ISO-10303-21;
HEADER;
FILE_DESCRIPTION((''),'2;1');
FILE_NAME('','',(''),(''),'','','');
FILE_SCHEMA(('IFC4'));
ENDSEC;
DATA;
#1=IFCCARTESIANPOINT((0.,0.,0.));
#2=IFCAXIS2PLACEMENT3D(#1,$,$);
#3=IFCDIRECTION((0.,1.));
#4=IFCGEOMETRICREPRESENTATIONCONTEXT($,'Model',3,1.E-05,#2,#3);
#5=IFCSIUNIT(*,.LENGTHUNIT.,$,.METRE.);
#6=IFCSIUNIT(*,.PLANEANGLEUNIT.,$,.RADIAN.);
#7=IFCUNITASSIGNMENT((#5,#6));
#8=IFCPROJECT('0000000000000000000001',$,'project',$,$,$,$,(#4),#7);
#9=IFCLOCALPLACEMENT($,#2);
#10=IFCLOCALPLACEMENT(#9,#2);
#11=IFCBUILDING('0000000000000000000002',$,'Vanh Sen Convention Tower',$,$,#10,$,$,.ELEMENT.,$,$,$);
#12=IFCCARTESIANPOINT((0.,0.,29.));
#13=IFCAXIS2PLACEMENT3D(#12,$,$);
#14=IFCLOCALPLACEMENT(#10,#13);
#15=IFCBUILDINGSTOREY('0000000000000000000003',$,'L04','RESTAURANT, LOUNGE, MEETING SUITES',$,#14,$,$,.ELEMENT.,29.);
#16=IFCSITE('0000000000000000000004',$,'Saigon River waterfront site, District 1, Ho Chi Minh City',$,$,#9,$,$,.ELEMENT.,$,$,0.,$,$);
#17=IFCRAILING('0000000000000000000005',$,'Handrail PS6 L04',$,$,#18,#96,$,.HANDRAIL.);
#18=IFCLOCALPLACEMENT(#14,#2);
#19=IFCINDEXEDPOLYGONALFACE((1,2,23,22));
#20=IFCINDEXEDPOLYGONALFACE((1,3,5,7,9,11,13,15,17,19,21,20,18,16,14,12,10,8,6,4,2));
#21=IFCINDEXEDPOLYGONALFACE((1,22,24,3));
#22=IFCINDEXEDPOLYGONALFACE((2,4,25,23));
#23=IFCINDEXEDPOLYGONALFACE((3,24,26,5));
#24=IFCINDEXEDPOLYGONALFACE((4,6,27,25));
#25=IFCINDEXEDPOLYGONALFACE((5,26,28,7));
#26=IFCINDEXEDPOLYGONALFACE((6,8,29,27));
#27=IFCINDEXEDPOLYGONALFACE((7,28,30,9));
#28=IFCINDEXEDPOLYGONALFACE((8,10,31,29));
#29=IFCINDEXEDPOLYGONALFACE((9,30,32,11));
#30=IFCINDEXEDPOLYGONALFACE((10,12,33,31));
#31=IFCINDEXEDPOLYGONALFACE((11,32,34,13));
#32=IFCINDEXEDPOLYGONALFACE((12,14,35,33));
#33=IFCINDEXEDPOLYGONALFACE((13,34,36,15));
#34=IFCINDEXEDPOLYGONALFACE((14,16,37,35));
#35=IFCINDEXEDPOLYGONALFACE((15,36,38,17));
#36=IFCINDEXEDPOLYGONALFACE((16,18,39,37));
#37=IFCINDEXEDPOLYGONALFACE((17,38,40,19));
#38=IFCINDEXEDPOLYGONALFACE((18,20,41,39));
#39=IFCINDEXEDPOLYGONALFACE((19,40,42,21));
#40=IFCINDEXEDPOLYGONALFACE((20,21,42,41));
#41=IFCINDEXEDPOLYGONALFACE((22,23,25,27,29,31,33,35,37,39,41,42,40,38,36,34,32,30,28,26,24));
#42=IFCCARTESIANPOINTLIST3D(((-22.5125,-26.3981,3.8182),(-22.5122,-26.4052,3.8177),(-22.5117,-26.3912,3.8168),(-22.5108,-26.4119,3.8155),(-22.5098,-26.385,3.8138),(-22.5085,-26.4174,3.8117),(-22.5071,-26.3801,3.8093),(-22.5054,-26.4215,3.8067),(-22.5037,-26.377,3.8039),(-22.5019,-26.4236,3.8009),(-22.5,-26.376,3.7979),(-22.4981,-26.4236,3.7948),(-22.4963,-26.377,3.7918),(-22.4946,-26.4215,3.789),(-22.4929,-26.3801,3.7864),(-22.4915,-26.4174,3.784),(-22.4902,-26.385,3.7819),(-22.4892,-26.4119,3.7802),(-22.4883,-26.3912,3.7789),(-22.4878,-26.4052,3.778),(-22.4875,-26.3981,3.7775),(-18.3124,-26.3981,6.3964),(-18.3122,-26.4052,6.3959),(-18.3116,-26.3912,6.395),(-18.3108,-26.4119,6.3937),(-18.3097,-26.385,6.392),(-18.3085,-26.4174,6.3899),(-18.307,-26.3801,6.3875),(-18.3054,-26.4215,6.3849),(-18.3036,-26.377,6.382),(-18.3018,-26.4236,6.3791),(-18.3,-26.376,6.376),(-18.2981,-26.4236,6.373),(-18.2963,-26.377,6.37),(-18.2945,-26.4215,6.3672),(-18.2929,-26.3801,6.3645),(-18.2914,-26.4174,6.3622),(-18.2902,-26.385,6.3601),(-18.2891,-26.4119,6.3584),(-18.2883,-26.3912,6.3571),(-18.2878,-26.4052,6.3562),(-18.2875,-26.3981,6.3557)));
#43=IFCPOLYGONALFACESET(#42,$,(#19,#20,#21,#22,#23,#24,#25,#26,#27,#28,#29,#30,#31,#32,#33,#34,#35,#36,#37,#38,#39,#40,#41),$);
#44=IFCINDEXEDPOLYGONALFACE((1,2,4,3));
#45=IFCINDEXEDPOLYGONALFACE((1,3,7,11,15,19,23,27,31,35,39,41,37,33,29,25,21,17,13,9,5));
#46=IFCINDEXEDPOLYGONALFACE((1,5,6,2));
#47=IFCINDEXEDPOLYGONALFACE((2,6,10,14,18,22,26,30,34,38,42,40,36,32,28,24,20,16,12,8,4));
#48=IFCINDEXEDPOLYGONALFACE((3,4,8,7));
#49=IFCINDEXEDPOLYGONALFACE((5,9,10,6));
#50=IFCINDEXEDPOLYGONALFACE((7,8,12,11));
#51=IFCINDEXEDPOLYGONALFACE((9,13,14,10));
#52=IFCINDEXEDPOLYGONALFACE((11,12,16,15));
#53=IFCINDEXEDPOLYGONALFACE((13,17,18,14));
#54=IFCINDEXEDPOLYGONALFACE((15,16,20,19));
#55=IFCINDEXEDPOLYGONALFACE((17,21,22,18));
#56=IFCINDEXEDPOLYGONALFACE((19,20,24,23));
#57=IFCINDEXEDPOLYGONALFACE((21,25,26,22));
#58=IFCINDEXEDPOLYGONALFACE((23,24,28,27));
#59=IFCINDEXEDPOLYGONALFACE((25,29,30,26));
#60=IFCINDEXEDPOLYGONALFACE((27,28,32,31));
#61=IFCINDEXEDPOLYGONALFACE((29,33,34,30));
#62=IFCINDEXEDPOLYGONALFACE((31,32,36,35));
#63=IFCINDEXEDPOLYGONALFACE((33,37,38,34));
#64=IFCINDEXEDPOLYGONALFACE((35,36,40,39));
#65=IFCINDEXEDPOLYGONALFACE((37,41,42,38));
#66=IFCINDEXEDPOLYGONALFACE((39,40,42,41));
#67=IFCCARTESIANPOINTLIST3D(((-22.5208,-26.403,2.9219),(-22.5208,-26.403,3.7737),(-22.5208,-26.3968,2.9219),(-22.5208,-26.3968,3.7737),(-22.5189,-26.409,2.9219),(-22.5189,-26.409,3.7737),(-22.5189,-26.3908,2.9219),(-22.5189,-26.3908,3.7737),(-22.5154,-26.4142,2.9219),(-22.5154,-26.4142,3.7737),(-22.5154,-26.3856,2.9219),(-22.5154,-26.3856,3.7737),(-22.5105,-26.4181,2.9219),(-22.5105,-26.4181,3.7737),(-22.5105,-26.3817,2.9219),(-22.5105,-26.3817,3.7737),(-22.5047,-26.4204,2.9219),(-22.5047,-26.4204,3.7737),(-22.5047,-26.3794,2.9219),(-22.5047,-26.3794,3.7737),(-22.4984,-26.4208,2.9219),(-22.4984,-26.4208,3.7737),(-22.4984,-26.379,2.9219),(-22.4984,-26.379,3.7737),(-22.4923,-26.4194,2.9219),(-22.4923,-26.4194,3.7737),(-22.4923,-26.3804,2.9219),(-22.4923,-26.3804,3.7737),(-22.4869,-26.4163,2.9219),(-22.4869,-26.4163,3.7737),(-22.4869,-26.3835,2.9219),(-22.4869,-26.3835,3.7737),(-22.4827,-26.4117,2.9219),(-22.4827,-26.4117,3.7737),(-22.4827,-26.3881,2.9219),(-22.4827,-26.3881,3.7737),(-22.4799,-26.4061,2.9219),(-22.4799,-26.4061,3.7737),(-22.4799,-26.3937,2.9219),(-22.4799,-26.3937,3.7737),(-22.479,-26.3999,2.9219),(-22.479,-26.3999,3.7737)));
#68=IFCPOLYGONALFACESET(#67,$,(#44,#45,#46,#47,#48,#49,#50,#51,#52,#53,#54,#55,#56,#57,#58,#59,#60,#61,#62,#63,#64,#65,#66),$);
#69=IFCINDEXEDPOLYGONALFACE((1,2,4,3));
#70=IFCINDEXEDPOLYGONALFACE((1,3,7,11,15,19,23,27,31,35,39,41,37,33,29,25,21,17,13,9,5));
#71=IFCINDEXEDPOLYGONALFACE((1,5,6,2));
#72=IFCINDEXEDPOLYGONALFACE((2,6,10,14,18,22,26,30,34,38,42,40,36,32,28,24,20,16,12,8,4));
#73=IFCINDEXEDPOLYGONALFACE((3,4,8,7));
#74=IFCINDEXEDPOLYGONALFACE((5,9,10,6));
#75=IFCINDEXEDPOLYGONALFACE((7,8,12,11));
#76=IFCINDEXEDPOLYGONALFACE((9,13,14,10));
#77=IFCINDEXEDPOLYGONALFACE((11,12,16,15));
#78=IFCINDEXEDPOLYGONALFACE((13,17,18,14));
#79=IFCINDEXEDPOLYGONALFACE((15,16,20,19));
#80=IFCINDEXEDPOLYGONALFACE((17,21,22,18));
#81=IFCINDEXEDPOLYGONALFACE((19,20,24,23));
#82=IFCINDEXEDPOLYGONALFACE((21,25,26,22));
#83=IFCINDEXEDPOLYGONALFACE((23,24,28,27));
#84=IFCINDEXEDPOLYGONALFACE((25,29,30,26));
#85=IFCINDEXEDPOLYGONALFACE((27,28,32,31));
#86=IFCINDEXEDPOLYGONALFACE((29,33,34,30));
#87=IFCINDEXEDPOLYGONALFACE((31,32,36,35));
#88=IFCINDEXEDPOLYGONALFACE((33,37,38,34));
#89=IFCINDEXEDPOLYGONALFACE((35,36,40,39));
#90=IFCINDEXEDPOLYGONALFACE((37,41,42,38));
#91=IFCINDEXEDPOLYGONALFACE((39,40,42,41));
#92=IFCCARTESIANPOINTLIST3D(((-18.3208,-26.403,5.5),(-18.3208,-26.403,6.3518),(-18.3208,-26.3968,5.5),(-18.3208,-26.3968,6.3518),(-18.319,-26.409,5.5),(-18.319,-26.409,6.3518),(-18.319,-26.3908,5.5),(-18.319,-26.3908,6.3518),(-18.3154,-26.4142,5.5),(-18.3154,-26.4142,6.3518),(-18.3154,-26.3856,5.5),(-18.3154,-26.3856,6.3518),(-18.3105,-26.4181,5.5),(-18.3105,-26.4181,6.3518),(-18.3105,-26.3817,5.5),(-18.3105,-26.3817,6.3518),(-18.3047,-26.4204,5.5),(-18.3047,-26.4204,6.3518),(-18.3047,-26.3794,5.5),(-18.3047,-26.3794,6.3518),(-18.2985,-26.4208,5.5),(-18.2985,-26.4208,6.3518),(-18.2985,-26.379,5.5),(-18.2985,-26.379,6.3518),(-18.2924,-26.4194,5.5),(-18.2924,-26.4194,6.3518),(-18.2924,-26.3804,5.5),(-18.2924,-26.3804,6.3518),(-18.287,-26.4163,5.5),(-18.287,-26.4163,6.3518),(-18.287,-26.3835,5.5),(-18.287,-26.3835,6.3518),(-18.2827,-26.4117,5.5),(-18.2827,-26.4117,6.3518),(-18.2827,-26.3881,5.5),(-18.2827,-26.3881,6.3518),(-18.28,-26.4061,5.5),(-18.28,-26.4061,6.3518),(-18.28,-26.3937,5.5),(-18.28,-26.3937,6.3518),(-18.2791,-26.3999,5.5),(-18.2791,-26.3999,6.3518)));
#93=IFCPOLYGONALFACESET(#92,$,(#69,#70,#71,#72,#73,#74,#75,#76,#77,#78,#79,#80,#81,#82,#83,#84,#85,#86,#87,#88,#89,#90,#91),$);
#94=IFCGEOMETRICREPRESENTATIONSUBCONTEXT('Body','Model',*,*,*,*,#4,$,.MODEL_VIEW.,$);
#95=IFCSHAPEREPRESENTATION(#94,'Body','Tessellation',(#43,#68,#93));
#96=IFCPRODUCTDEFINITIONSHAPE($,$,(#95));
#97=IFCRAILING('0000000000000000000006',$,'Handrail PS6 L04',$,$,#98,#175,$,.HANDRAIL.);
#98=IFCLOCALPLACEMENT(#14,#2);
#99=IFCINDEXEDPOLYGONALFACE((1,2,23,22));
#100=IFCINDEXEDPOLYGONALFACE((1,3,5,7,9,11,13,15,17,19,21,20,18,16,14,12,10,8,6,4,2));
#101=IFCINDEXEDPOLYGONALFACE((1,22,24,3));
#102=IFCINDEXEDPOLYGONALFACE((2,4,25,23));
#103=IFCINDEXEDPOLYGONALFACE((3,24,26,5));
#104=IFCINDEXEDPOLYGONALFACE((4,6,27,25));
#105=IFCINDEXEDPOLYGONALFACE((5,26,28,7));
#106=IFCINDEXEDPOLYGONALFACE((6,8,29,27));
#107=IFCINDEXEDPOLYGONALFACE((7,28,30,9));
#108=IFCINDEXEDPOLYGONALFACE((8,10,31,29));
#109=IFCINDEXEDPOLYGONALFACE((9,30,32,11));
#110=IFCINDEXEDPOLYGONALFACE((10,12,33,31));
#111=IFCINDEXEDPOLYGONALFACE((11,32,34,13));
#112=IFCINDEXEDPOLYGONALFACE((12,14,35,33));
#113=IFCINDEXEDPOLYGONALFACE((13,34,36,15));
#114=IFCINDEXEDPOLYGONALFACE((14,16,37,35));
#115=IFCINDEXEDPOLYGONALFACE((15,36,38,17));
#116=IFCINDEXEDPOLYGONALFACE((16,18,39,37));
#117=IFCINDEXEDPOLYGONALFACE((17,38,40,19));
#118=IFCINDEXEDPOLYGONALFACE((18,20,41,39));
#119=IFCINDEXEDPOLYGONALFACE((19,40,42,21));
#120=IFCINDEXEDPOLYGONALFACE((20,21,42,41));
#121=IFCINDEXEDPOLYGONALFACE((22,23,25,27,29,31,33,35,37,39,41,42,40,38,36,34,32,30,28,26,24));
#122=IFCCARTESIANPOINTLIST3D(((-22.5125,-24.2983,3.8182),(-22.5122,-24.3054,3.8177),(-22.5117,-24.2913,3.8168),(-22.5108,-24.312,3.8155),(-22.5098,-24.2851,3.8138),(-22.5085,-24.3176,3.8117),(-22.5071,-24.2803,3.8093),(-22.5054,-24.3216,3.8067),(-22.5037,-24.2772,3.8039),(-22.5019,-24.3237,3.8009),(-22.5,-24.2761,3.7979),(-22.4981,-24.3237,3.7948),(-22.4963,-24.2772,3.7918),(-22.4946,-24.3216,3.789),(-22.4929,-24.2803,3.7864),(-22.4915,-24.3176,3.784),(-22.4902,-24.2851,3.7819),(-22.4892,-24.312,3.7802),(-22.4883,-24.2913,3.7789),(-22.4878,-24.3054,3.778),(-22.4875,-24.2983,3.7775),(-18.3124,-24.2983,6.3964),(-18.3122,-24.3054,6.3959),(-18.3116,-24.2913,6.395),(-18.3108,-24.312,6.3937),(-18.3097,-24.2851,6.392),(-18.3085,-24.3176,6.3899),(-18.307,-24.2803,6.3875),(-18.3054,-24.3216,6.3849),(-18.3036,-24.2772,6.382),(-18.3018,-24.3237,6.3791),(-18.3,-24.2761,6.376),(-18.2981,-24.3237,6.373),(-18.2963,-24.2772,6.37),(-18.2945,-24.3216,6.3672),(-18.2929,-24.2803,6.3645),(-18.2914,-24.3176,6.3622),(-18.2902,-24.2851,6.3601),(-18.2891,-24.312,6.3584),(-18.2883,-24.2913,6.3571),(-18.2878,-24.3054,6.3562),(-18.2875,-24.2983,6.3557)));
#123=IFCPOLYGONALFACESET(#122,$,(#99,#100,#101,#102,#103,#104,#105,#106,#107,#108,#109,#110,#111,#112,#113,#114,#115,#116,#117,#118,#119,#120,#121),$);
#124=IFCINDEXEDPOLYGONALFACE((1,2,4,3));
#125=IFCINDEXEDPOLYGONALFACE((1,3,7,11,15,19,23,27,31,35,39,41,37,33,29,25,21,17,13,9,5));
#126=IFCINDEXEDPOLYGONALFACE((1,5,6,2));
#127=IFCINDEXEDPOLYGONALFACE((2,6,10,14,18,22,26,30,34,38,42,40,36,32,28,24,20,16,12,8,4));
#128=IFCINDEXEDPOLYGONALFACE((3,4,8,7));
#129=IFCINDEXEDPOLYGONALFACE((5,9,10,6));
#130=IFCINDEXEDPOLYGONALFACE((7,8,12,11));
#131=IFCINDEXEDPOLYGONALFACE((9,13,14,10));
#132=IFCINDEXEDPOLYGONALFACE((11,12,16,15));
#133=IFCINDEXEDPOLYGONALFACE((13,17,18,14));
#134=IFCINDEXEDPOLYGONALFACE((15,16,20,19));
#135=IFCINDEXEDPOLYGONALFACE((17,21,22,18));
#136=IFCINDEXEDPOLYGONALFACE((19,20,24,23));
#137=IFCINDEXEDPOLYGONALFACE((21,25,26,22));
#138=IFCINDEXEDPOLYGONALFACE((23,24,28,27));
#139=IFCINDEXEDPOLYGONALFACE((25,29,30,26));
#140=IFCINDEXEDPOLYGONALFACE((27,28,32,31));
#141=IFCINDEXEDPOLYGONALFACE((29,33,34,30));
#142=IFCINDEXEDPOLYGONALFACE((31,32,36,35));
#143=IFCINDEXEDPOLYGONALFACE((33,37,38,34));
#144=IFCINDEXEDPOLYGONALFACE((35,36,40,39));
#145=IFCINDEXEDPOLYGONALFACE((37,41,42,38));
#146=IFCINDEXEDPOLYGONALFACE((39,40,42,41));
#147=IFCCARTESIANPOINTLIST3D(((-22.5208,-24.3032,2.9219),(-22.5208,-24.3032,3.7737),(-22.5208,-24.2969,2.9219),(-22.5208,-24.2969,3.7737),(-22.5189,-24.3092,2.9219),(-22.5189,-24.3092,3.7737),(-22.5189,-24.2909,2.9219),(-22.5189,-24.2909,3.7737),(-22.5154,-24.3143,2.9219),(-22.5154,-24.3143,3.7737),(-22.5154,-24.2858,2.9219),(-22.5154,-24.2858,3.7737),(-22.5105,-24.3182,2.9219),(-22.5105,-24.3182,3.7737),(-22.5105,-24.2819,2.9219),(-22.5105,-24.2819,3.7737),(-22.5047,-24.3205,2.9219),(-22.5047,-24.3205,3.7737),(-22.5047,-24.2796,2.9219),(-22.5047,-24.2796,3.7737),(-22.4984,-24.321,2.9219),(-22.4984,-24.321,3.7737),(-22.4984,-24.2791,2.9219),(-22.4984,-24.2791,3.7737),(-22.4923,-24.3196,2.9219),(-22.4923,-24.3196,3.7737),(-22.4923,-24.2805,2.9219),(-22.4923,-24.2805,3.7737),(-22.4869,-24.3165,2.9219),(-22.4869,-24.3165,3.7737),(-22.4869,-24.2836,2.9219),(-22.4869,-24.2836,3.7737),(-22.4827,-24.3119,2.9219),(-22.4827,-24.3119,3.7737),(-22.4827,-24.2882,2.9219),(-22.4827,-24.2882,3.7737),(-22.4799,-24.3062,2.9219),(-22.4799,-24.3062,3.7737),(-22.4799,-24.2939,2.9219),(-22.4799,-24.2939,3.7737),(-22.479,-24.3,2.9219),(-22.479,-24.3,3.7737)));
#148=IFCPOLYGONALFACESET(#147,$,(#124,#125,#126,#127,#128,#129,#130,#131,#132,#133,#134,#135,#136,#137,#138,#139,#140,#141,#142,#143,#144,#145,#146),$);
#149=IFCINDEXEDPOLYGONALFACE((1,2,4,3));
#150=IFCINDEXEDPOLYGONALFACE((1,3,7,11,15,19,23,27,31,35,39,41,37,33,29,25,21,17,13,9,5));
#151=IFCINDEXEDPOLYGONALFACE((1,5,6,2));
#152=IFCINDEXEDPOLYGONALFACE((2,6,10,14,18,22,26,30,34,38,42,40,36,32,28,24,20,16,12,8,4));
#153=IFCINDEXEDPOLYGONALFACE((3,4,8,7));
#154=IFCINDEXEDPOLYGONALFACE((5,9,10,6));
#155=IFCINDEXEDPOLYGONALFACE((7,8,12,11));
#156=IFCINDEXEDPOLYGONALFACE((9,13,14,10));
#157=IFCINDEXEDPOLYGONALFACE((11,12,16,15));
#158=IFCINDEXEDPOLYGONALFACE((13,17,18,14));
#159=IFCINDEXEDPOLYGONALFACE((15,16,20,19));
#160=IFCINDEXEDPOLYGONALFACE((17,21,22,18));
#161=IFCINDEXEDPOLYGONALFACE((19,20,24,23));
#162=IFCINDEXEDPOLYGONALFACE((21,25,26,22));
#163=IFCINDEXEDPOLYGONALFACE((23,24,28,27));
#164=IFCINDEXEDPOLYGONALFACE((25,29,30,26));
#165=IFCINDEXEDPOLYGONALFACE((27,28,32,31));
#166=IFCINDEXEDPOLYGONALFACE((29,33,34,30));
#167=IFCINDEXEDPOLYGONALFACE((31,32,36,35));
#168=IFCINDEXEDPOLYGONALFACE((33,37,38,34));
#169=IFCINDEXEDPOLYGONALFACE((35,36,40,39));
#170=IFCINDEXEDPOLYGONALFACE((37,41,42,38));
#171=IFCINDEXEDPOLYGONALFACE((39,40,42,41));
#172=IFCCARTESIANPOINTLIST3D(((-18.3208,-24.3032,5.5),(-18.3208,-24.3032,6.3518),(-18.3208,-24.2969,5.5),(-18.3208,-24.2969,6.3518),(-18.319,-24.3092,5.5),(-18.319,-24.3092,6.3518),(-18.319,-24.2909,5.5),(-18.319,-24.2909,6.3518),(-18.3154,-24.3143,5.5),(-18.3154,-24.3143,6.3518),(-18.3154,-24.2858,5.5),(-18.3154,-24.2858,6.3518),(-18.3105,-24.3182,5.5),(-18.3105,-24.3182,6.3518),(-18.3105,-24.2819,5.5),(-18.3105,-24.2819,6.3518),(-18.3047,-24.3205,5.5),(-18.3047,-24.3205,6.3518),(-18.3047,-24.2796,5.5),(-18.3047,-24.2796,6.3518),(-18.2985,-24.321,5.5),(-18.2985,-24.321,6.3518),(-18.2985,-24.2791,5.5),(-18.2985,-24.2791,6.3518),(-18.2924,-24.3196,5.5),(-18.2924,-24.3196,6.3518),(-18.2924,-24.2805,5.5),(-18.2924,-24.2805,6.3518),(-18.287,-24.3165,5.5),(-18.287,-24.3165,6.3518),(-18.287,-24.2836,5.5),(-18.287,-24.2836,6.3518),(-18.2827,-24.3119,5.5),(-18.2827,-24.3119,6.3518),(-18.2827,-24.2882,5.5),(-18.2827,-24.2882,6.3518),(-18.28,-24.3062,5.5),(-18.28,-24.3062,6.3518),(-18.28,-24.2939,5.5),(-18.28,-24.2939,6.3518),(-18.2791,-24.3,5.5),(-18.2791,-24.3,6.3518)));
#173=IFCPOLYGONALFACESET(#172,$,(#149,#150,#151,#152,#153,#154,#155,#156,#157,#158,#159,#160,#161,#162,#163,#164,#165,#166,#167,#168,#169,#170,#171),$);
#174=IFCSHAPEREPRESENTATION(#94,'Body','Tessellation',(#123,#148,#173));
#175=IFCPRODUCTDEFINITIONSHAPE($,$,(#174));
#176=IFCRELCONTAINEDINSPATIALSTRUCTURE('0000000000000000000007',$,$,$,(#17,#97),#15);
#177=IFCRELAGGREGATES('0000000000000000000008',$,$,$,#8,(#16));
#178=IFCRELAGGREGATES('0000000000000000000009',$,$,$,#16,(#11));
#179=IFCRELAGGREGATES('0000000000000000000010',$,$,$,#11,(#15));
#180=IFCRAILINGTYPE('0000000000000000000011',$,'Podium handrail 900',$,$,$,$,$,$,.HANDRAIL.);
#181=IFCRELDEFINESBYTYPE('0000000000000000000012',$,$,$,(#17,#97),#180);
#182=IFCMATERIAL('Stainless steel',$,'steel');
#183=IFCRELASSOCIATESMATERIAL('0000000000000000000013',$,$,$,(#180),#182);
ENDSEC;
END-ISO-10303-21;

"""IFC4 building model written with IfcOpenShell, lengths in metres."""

from ifc_helpers import new_model, si_unit, direction, frame, origin, origin_2d, place, context, subcontext, project, spatial, circle, extrude, material, type_object, element, save


model = new_model("IFC4")

# Units and contexts
model_context = context("Model", 3, precision=1e-05, world=origin(), true_north=direction((0.0, 1.0)))
body_context = subcontext(model_context, "Body", "Model", "MODEL_VIEW")
ifc_project = project(units=[si_unit("LENGTHUNIT", "METRE"), si_unit("PLANEANGLEUNIT", "RADIAN")], contexts=[model_context])

# Site, building, storey
site_placement = place(None, origin())
site = spatial("IfcSite", under=ifc_project, at=site_placement, Name="Saigon River waterfront site, District 1, Ho Chi Minh City", CompositionType="ELEMENT", RefElevation=0.0)
building_placement = place(site_placement, origin())
building = spatial("IfcBuilding", under=site, at=building_placement, Name="Vanh Sen Convention Tower", CompositionType="ELEMENT")
storey_placement = place(building_placement, frame((0.0, 0.0, 29.0)))
storey = spatial("IfcBuildingStorey", under=building, at=storey_placement, Name="L04", Description="RESTAURANT, LOUNGE, MEETING SUITES", CompositionType="ELEMENT", Elevation=29.0)

# Railings
ifc_material_1 = material(Name="Stainless steel", Category="steel")
railing_type = type_object("IfcRailingType", Name="Podium handrail 900", PredefinedType="HANDRAIL", material=ifc_material_1)
for number, where, name in (
    (1, (-22.5, -26.3999, 2.9219), "Handrail PS6 L04"),
    (2, (-22.5, -24.3, 2.9219), "Handrail PS6 L04"),
):
    element("IfcRailing", number, at=place(storey_placement, frame(where)), inside=storey, type_object=railing_type, Name=name, PredefinedType="HANDRAIL", context=body_context, shape_type="SweptSolid", body=[
        extrude(circle(Radius=0.0239, at=origin_2d()), frame((0.0, 0.0, 0.876), z_axis=(0.852243, 0.0, 0.523146), x_axis=(0.0, 1.0, 0.0)), (0.0, 0.0, 1.0), 4.9282),
        extrude(circle(Radius=0.021, at=origin_2d()), origin(), (0.0, 0.0, 1.0), 0.8518),
        extrude(circle(Radius=0.021, at=origin_2d()), frame((4.2, 0.0, 2.5781)), (0.0, 0.0, 1.0), 0.8518),
    ])

save(model, "model.ifc")
